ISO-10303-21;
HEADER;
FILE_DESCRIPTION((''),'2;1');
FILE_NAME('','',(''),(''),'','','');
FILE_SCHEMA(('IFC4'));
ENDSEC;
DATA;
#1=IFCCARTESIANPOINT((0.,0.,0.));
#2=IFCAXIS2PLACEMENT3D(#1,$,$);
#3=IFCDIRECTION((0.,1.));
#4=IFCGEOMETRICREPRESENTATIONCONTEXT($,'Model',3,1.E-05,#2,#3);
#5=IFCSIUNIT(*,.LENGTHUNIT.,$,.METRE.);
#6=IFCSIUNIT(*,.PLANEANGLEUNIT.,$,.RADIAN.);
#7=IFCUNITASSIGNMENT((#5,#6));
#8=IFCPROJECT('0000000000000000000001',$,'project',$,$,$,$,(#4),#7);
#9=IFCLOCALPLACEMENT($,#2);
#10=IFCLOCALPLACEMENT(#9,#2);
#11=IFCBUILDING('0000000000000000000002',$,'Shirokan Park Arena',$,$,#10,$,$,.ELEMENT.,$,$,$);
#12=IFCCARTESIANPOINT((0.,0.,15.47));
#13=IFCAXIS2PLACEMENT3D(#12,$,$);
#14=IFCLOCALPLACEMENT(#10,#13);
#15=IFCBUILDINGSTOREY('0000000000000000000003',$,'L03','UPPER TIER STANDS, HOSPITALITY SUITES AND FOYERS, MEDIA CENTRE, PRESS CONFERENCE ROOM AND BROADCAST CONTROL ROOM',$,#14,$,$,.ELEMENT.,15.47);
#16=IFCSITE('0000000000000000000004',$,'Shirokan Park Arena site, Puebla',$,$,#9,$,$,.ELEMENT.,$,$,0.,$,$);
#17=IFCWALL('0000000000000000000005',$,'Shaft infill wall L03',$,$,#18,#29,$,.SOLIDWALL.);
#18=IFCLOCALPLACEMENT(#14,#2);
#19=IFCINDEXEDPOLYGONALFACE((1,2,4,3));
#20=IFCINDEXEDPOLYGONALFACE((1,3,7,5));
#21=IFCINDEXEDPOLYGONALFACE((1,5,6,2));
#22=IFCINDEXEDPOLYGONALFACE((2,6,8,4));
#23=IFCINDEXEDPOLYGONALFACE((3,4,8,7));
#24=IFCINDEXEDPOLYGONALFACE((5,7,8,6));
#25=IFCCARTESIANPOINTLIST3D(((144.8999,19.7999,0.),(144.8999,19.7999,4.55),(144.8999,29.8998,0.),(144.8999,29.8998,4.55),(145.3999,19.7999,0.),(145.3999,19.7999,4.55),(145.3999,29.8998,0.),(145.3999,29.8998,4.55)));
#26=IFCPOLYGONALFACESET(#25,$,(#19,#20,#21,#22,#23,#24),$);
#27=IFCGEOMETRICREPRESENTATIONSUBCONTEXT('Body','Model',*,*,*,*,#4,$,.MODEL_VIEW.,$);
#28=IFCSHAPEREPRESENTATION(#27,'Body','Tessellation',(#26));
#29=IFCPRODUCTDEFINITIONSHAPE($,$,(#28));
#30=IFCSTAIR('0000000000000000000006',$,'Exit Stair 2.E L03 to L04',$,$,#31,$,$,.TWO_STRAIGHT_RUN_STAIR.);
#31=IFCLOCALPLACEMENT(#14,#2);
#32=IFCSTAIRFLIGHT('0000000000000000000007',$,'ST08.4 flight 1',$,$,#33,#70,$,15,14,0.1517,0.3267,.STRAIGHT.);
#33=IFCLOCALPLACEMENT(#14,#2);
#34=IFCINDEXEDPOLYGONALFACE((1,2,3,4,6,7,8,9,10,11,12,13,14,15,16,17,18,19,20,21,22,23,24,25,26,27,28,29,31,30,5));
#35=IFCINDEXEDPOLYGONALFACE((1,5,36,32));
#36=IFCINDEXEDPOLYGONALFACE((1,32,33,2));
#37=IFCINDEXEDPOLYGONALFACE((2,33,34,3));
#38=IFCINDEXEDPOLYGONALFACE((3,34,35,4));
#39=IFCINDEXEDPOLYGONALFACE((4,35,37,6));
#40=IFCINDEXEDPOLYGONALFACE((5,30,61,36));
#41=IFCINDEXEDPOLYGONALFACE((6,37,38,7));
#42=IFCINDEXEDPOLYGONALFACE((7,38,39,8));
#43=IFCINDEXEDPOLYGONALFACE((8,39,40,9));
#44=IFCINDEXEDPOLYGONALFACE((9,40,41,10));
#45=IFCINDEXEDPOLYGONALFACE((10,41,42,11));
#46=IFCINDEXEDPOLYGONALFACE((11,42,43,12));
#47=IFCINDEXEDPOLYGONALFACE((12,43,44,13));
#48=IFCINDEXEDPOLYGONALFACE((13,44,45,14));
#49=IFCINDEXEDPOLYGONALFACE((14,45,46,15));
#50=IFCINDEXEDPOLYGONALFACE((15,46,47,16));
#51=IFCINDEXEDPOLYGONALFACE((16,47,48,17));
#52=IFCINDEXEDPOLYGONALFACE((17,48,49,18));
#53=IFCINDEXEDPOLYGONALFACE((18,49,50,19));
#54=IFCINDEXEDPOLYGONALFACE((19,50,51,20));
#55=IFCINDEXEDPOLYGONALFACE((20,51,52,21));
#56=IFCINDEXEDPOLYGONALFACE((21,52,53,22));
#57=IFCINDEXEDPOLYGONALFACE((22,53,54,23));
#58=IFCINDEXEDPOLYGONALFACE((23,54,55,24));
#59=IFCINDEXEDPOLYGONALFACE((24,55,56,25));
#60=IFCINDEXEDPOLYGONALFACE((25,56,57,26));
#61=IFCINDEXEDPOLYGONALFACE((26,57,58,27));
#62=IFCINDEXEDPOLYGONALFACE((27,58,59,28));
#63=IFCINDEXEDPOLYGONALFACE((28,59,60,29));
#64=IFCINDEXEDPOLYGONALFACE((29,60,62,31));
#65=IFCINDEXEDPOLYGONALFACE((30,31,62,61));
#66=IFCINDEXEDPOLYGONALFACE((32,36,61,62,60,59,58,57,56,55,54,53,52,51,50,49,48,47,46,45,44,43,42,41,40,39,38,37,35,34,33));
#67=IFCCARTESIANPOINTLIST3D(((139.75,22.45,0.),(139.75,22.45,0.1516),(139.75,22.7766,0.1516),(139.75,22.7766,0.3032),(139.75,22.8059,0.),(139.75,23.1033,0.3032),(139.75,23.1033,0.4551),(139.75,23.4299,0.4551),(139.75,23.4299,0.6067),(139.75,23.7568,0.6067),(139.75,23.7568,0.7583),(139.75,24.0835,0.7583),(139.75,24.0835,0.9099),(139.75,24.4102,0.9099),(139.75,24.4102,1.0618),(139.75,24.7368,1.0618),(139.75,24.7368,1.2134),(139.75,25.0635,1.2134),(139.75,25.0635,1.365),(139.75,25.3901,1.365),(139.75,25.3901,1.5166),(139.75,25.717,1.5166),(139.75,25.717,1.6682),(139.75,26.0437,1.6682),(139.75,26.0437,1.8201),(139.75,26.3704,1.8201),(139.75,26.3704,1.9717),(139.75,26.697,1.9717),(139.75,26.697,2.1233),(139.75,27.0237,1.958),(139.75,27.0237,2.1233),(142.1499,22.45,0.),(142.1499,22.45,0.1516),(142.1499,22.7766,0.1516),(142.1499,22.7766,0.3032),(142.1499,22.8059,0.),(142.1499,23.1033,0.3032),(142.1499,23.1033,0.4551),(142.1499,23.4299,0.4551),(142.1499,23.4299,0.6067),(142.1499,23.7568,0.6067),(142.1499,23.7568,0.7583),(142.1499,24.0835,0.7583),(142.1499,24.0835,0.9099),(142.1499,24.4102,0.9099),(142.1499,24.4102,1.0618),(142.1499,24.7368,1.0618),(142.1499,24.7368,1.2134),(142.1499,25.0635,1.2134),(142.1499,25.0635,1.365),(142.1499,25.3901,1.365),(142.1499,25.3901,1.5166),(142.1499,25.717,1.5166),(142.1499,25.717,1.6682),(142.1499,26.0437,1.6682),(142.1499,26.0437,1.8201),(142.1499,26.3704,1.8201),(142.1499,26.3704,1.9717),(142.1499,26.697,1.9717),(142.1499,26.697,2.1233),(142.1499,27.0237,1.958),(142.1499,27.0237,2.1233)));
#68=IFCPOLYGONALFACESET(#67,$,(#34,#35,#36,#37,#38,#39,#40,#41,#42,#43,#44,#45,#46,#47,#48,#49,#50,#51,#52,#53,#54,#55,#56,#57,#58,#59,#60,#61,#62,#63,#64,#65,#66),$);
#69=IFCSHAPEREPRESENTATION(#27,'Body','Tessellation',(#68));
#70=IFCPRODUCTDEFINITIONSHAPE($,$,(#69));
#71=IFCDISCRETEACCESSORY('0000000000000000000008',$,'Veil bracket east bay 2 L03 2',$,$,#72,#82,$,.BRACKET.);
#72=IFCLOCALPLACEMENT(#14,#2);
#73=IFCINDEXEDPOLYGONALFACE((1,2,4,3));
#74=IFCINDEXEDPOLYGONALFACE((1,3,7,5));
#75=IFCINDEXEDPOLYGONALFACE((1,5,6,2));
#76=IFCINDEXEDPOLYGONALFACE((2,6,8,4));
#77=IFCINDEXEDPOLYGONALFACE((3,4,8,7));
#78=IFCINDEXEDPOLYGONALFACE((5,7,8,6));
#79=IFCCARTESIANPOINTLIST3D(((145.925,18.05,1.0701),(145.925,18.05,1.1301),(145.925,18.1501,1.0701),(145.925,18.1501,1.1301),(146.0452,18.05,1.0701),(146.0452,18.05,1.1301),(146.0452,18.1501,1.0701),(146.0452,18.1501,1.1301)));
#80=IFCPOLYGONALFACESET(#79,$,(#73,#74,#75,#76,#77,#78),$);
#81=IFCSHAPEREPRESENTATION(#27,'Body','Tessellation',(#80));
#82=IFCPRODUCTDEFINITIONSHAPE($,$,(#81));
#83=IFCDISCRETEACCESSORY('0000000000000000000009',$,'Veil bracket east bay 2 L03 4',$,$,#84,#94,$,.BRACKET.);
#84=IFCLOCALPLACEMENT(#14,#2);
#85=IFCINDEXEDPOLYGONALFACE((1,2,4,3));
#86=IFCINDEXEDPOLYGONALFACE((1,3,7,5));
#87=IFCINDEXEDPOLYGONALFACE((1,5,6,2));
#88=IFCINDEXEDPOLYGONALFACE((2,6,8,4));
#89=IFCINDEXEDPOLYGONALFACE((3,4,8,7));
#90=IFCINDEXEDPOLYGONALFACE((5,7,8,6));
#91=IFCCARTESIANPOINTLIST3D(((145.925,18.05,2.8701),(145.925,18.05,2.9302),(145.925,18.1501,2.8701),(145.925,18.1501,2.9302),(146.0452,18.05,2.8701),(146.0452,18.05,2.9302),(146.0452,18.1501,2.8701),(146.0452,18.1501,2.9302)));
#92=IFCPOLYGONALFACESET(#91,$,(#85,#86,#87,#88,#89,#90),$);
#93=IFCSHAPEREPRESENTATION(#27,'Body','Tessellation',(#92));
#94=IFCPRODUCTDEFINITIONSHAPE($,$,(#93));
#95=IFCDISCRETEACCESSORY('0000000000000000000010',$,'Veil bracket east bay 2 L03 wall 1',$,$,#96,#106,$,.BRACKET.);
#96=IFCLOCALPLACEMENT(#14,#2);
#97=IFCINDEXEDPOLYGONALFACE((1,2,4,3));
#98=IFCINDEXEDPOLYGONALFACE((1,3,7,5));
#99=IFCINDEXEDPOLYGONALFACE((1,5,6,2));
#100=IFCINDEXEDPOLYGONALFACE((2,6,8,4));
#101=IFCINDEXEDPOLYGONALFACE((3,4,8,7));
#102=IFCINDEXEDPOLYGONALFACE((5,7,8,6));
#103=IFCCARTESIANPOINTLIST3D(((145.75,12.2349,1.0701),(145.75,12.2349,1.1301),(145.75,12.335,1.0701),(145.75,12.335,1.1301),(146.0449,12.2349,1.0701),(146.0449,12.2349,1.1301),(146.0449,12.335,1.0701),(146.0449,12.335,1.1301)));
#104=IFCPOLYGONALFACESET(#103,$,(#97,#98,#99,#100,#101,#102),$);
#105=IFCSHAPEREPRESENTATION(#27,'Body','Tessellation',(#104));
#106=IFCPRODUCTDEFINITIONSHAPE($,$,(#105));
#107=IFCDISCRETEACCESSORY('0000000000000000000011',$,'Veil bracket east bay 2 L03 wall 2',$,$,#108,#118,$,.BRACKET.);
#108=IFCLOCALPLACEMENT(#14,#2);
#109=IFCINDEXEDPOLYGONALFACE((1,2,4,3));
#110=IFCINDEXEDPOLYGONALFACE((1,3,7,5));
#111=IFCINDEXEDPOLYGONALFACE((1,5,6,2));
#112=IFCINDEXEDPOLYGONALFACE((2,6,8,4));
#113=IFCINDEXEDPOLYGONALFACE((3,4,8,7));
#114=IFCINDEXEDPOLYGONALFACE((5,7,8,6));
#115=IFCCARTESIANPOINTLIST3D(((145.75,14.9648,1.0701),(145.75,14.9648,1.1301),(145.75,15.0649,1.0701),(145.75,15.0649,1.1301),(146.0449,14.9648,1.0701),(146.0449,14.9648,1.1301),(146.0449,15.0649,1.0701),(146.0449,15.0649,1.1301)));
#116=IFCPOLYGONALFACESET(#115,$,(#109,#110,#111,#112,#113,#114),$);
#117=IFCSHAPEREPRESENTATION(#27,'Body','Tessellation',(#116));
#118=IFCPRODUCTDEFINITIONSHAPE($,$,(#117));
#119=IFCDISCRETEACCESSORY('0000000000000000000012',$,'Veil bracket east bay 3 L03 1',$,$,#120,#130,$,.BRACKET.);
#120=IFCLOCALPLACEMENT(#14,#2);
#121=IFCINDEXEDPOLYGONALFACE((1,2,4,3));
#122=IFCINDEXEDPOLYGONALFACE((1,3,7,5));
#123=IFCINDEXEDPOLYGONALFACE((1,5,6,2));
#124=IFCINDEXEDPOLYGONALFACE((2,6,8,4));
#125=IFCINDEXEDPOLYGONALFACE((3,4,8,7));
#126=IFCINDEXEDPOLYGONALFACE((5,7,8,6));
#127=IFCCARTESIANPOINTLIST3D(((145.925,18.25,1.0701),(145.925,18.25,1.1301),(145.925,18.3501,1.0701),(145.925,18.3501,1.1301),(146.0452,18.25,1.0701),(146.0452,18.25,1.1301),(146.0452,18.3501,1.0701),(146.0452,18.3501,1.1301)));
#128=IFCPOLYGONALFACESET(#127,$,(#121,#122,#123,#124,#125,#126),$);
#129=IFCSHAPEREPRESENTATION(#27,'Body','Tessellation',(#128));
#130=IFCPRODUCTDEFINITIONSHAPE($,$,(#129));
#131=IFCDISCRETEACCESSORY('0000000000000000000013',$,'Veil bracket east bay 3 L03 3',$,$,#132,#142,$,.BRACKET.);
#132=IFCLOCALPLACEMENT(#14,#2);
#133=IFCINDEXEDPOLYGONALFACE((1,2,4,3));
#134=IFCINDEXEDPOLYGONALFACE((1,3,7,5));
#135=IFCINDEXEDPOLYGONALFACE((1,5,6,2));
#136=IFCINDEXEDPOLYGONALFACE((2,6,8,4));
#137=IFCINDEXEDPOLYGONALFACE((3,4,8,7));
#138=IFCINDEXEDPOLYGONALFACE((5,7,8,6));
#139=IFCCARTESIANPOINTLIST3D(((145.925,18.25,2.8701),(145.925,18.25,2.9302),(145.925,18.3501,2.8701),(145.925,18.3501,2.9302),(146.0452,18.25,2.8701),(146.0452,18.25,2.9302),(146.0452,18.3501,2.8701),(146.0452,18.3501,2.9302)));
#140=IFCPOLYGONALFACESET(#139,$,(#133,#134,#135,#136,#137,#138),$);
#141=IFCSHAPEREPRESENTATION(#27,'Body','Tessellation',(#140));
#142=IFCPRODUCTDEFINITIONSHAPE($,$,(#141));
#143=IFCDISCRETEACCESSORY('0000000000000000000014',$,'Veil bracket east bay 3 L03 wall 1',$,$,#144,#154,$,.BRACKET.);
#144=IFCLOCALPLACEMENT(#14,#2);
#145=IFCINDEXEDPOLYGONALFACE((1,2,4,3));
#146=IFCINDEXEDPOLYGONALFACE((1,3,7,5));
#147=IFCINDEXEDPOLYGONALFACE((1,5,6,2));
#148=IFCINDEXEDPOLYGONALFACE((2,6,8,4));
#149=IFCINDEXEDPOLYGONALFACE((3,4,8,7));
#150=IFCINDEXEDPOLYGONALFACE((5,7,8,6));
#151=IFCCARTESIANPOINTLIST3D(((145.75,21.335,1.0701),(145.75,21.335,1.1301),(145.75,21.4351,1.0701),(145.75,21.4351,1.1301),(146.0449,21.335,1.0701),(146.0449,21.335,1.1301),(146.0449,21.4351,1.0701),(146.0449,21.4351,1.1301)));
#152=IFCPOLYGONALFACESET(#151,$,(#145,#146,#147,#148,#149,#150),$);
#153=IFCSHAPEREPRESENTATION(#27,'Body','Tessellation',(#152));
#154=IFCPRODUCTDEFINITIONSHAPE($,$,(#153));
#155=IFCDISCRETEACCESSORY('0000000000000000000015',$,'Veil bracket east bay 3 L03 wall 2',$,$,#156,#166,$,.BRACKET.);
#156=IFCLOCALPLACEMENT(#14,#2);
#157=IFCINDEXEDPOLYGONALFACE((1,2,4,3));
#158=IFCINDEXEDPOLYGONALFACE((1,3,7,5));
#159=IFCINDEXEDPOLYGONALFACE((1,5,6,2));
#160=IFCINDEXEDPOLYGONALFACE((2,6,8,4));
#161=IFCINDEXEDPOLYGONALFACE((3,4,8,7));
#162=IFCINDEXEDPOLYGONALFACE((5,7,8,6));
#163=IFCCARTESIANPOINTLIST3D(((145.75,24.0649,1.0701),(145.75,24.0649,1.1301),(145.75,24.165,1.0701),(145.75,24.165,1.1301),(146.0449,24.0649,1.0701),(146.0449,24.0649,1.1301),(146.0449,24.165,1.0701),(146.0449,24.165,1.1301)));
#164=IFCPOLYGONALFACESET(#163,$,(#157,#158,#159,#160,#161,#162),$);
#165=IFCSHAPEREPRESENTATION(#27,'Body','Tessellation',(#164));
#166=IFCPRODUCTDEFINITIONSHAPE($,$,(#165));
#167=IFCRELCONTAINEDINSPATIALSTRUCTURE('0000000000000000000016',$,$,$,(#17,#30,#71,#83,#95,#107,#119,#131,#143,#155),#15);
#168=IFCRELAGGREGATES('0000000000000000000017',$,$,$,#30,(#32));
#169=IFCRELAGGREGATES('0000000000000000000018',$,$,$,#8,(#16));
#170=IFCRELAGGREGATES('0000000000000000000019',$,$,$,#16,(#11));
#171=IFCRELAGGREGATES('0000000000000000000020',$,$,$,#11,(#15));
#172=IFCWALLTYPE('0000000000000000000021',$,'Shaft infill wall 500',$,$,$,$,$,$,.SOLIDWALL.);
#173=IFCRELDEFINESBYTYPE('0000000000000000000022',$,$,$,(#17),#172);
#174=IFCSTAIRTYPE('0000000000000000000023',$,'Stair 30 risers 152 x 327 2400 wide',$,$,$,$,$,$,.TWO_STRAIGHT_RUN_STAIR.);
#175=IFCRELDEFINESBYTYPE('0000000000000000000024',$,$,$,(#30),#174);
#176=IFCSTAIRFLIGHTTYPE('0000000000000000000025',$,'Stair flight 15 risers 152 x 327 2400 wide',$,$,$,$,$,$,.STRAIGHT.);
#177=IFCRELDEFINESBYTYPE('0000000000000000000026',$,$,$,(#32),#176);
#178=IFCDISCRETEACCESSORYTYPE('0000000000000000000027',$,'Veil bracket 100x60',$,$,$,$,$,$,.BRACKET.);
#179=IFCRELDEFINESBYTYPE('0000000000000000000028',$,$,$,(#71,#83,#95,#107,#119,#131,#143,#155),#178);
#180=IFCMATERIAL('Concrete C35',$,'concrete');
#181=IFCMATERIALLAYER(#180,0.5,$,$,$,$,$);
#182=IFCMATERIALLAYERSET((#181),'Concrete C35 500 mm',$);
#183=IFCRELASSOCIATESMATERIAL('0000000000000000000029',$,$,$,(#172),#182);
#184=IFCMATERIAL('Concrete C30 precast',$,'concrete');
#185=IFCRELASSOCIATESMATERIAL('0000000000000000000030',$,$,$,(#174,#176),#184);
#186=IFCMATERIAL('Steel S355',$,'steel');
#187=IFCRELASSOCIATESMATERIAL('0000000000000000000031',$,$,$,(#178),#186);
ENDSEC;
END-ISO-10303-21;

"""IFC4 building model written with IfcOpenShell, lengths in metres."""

from ifc_helpers import new_model, si_unit, direction, frame, frame_2d, origin, origin_2d, place, context, subcontext, project, spatial, polyline, rectangle, outline, extrude, material, layer, layer_set, type_object, element, aggregate, save


model = new_model("IFC4")

# Units and contexts
model_context = context("Model", 3, precision=1e-05, world=origin(), true_north=direction((0.0, 1.0)))
body_context = subcontext(model_context, "Body", "Model", "MODEL_VIEW")
ifc_project = project(units=[si_unit("LENGTHUNIT", "METRE"), si_unit("PLANEANGLEUNIT", "RADIAN")], contexts=[model_context])

# Site, building, storey
site_placement = place(None, origin())
site = spatial("IfcSite", under=ifc_project, at=site_placement, Name="Shirokan Park Arena site, Puebla", CompositionType="ELEMENT", RefElevation=0.0)
building_placement = place(site_placement, origin())
building = spatial("IfcBuilding", under=site, at=building_placement, Name="Shirokan Park Arena", CompositionType="ELEMENT")
storey_placement = place(building_placement, frame((0.0, 0.0, 15.47)))
storey = spatial("IfcBuildingStorey", under=building, at=storey_placement, Name="L03", Description="UPPER TIER STANDS, HOSPITALITY SUITES AND FOYERS, MEDIA CENTRE, PRESS CONFERENCE ROOM AND BROADCAST CONTROL ROOM", CompositionType="ELEMENT", Elevation=15.47)

# Shared definitions
ifc_material_1 = material(Name="Concrete C35", Category="concrete")

# Wall
ifc_layer_1 = layer(ifc_material_1, 0.5)
ifc_layer_set_1 = layer_set([ifc_layer_1], Name="Concrete C35 500 mm")
wall_type_1 = type_object("IfcWallType", Name="Shaft infill wall 500", PredefinedType="SOLIDWALL", material=ifc_layer_set_1)
wall_1_placement = place(storey_placement, frame((145.1499, 19.8, 0.0), z_axis=(0.0, 0.0, 1.0), x_axis=(0.0, 1.0, 0.0)))
element("IfcWall", 1, at=wall_1_placement, inside=storey, type_object=wall_type_1, Name="Shaft infill wall L03", PredefinedType="SOLIDWALL", context=body_context, shape_type="SweptSolid", body=[
    extrude(rectangle(XDim=10.0999, YDim=0.5, at=frame_2d((5.0498, 0.0))), origin(), (0.0, 0.0, 1.0), 4.55),
])

# Stair, stair flight
ifc_material_2 = material(Name="Concrete C30 precast", Category="concrete")
stair_type = type_object("IfcStairType", Name="Stair 30 risers 152 x 327 2400 wide", PredefinedType="TWO_STRAIGHT_RUN_STAIR", material=ifc_material_2)
stair_placement = place(storey_placement, origin())
stair = element("IfcStair", 2, at=stair_placement, inside=storey, type_object=stair_type, Name="Exit Stair 2.E L03 to L04", PredefinedType="TWO_STRAIGHT_RUN_STAIR")
stair_flight_type = type_object("IfcStairFlightType", Name="Stair flight 15 risers 152 x 327 2400 wide", PredefinedType="STRAIGHT", material=ifc_material_2)
stair_flight_placement = place(storey_placement, frame((140.95, 22.45, 0.0), z_axis=(0.0, 0.0, 1.0), x_axis=(0.0, 1.0, 0.0)))
stair_flight = element("IfcStairFlight", 3, at=stair_flight_placement, type_object=stair_flight_type, Name="ST08.4 flight 1", NumberOfRisers=15, NumberOfTreads=14, PredefinedType="STRAIGHT", RiserHeight=0.1517, TreadLength=0.3267, context=body_context, shape_type="SweptSolid", body=[
    extrude(outline(polyline([(0.0, 0.0), (0.0, 0.1516), (0.3267, 0.1516), (0.3267, 0.3032), (0.6533, 0.3032), (0.6533, 0.4551), (0.98, 0.4551), (0.98, 0.6067), (1.3069, 0.6067), (1.3069, 0.7583), (1.6335, 0.7583), (1.6335, 0.9099), (1.9602, 0.9099), (1.9602, 1.0618), (2.2869, 1.0618), (2.2869, 1.2134), (2.6135, 1.2134), (2.6135, 1.365), (2.9402, 1.365), (2.9402, 1.5166), (3.2671, 1.5166), (3.2671, 1.6682), (3.5938, 1.6682), (3.5938, 1.8201), (3.9204, 1.8201), (3.9204, 1.9717), (4.2471, 1.9717), (4.2471, 2.1233), (4.5737, 2.1233), (4.5737, 2.2749), (4.5737, 1.958), (0.356, 0.0), (0.0, 0.0)])), frame((0.0, 1.2, 0.0), z_axis=(0.0, -1.0, 0.0), x_axis=(1.0, 0.0, 0.0)), (0.0, 0.0, 1.0), 2.3999),
])
aggregate(stair, [stair_flight])

# Discrete accessories
ifc_material_3 = material(Name="Steel S355", Category="steel")
discrete_accessory_type = type_object("IfcDiscreteAccessoryType", Name="Veil bracket 100x60", PredefinedType="BRACKET", material=ifc_material_3)
for number, where, z_axis, x_axis, name in (
    (4, (145.9851, 18.1001, 1.0701), (0.0, 0.0, 1.0), (0.0, 1.0, 0.0), "Veil bracket east bay 2 L03 2"),
    (5, (145.9851, 18.1001, 2.8701), (0.0, 0.0, 1.0), (0.0, 1.0, 0.0), "Veil bracket east bay 2 L03 4"),
):
    element("IfcDiscreteAccessory", number, at=place(storey_placement, frame(where, z_axis=z_axis, x_axis=x_axis)), inside=storey, type_object=discrete_accessory_type, Name=name, PredefinedType="BRACKET", context=body_context, shape_type="SweptSolid", body=[
        extrude(rectangle(XDim=0.1001, YDim=0.1201, at=origin_2d()), origin(), (0.0, 0.0, 1.0), 0.0601),
    ])
for number, where, z_axis, x_axis, name in (
    (6, (145.8975, 12.2849, 1.0701), (0.0, 0.0, 1.0), (0.0, 1.0, 0.0), "Veil bracket east bay 2 L03 wall 1"),
    (7, (145.8975, 15.0149, 1.0701), (0.0, 0.0, 1.0), (0.0, 1.0, 0.0), "Veil bracket east bay 2 L03 wall 2"),
):
    element("IfcDiscreteAccessory", number, at=place(storey_placement, frame(where, z_axis=z_axis, x_axis=x_axis)), inside=storey, type_object=discrete_accessory_type, Name=name, PredefinedType="BRACKET", context=body_context, shape_type="SweptSolid", body=[
        extrude(rectangle(XDim=0.1001, YDim=0.2949, at=origin_2d()), origin(), (0.0, 0.0, 1.0), 0.0601),
    ])
for number, where, z_axis, x_axis, name in (
    (8, (145.9851, 18.3, 1.0701), (0.0, 0.0, 1.0), (0.0, 1.0, 0.0), "Veil bracket east bay 3 L03 1"),
    (9, (145.9851, 18.3, 2.8701), (0.0, 0.0, 1.0), (0.0, 1.0, 0.0), "Veil bracket east bay 3 L03 3"),
):
    element("IfcDiscreteAccessory", number, at=place(storey_placement, frame(where, z_axis=z_axis, x_axis=x_axis)), inside=storey, type_object=discrete_accessory_type, Name=name, PredefinedType="BRACKET", context=body_context, shape_type="SweptSolid", body=[
        extrude(rectangle(XDim=0.1001, YDim=0.1201, at=origin_2d()), origin(), (0.0, 0.0, 1.0), 0.0601),
    ])
for number, where, z_axis, x_axis, name in (
    (10, (145.8975, 21.385, 1.0701), (0.0, 0.0, 1.0), (0.0, 1.0, 0.0), "Veil bracket east bay 3 L03 wall 1"),
    (11, (145.8975, 24.115, 1.0701), (0.0, 0.0, 1.0), (0.0, 1.0, 0.0), "Veil bracket east bay 3 L03 wall 2"),
):
    element("IfcDiscreteAccessory", number, at=place(storey_placement, frame(where, z_axis=z_axis, x_axis=x_axis)), inside=storey, type_object=discrete_accessory_type, Name=name, PredefinedType="BRACKET", context=body_context, shape_type="SweptSolid", body=[
        extrude(rectangle(XDim=0.1001, YDim=0.2949, at=origin_2d()), origin(), (0.0, 0.0, 1.0), 0.0601),
    ])

save(model, "model.ifc")
